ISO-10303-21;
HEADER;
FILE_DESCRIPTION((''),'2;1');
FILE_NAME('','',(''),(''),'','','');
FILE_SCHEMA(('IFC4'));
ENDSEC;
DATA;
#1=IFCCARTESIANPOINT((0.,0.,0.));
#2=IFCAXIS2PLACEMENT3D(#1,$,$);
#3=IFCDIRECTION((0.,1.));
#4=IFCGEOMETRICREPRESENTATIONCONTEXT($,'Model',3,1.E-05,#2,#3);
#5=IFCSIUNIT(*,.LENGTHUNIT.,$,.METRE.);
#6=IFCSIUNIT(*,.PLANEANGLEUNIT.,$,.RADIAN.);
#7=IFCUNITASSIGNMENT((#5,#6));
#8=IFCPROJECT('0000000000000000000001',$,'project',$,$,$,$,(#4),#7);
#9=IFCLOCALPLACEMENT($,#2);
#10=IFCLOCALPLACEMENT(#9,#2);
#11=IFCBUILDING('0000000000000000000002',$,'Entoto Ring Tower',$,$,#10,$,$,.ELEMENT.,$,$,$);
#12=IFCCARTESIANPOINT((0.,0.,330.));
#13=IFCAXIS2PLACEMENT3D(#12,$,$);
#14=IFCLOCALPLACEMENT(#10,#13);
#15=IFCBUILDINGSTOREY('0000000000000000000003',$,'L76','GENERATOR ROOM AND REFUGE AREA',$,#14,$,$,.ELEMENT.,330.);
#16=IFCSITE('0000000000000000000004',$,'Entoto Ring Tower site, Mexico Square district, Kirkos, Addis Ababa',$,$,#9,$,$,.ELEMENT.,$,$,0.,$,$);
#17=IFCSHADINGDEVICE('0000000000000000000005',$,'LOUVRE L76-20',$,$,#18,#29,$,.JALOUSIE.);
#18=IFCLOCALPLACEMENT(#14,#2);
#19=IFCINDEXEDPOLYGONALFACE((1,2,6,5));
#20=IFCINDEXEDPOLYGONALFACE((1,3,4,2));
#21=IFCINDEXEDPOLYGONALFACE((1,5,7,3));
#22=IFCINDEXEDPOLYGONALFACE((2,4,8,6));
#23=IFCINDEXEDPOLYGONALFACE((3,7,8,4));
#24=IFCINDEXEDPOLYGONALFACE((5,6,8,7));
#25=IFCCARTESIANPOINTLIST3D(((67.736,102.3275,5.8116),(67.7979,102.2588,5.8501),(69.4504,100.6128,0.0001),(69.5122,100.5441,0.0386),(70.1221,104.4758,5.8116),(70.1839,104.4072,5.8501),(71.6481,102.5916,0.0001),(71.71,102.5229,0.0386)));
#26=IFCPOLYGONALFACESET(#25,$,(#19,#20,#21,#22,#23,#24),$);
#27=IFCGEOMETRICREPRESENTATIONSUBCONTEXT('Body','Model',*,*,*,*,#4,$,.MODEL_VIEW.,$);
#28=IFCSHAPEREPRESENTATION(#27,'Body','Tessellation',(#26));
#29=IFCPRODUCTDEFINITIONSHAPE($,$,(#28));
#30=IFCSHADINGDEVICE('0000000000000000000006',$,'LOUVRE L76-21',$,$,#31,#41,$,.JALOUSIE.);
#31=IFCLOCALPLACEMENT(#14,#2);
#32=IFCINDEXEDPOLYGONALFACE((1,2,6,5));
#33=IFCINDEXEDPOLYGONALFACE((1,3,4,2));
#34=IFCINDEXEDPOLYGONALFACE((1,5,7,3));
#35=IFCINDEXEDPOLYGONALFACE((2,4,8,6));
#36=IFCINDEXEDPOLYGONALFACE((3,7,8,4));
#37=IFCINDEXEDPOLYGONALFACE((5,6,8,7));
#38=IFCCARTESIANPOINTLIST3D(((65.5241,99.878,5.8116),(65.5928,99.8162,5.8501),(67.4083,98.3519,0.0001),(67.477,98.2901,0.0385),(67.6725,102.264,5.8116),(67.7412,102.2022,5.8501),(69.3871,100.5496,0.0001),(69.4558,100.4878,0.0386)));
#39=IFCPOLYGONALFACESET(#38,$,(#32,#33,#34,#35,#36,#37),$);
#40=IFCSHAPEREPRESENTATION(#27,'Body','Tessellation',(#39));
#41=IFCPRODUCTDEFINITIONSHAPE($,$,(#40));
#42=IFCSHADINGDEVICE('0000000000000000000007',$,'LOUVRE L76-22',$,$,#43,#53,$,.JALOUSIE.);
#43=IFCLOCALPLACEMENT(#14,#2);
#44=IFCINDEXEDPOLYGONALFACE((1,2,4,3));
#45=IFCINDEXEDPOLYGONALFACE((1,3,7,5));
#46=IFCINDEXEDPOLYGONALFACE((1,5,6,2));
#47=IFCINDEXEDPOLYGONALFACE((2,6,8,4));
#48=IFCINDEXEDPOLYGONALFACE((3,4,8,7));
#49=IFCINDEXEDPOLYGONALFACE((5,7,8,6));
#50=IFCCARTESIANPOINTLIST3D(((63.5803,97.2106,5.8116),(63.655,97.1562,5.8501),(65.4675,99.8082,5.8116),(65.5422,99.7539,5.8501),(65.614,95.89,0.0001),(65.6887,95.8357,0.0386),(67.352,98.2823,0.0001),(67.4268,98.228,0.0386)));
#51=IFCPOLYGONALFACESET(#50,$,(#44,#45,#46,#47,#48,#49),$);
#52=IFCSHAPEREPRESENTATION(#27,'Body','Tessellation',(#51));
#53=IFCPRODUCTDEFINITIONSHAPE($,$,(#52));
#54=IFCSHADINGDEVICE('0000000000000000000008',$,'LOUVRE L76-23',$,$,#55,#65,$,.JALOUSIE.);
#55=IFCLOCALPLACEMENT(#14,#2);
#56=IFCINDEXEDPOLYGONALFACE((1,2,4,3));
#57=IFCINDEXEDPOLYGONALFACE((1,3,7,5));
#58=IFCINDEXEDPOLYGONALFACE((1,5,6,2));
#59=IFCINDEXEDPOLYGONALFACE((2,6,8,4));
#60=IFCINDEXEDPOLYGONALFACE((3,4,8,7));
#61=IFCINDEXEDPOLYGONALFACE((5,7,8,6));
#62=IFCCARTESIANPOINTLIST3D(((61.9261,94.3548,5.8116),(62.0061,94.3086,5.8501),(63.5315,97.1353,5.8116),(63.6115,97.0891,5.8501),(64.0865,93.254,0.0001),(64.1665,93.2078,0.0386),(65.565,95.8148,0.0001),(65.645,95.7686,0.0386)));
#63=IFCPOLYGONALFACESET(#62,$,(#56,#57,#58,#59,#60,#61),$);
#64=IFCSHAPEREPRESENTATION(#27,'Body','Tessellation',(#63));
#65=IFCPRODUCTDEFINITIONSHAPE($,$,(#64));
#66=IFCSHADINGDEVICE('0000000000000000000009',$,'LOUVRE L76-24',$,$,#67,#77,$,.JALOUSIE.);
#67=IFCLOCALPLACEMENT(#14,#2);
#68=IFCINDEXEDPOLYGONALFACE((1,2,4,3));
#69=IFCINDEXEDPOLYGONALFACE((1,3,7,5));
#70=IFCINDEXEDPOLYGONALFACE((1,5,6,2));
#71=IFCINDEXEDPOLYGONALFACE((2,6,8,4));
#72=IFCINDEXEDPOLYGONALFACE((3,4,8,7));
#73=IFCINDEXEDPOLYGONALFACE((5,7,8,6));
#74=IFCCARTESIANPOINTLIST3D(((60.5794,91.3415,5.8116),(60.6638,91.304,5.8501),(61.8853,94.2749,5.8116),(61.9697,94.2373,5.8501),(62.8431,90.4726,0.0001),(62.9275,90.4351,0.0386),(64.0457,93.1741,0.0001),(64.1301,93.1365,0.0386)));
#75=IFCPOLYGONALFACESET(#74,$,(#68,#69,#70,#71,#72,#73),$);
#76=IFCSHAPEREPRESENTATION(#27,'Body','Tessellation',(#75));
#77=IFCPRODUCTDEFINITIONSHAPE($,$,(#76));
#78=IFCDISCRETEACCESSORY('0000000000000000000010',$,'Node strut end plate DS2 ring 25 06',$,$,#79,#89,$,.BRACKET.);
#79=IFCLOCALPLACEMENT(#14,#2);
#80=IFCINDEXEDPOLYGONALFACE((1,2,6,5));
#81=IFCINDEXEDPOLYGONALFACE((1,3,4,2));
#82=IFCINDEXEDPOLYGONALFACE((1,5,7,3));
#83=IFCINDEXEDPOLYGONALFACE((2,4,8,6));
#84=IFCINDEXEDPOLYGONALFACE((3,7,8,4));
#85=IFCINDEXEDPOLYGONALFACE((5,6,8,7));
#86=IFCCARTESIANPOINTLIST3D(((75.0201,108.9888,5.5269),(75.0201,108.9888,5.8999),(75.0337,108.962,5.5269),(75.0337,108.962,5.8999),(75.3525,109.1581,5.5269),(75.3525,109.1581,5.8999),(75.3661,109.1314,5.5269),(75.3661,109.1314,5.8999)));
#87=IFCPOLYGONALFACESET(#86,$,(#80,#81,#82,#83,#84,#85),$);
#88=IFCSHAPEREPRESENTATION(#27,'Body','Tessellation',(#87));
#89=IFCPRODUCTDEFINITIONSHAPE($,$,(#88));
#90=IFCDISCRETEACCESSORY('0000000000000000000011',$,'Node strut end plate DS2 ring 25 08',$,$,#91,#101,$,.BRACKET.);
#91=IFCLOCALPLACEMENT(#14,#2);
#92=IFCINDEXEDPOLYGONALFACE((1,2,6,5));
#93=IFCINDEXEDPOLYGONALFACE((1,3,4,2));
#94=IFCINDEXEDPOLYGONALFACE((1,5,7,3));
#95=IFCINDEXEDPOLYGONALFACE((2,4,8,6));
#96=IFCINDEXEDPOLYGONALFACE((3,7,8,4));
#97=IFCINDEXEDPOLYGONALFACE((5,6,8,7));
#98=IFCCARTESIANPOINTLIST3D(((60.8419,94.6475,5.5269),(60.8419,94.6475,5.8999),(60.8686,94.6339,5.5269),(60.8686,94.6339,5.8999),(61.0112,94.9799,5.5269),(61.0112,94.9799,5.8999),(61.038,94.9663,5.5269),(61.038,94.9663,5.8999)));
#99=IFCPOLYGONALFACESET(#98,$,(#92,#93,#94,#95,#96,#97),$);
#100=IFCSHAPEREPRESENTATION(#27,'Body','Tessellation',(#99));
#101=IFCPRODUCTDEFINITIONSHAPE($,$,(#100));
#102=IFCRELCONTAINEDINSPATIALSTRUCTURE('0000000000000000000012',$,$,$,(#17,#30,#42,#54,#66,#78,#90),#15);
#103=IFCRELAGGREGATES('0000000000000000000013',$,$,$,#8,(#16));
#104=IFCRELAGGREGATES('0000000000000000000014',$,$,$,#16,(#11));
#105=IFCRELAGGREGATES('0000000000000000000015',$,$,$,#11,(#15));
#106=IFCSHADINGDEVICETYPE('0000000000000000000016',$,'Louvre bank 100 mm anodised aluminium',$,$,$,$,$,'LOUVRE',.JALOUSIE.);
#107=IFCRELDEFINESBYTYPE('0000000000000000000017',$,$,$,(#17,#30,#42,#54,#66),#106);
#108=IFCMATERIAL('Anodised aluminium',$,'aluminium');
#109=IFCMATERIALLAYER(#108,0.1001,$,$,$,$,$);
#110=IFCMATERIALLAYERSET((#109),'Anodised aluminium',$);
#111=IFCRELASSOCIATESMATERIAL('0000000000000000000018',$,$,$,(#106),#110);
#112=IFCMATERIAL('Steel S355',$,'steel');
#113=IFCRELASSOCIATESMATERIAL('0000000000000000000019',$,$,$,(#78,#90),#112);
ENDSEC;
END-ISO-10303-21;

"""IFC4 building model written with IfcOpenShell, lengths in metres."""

from ifc_helpers import new_model, si_unit, direction, frame, origin, origin_2d, place, context, subcontext, project, spatial, polyline, rectangle, outline, extrude, material, layer, layer_set, type_object, element, save


model = new_model("IFC4")

# Units and contexts
model_context = context("Model", 3, precision=1e-05, world=origin(), true_north=direction((0.0, 1.0)))
body_context = subcontext(model_context, "Body", "Model", "MODEL_VIEW")
ifc_project = project(units=[si_unit("LENGTHUNIT", "METRE"), si_unit("PLANEANGLEUNIT", "RADIAN")], contexts=[model_context])

# Site, building, storey
site_placement = place(None, origin())
site = spatial("IfcSite", under=ifc_project, at=site_placement, Name="Entoto Ring Tower site, Mexico Square district, Kirkos, Addis Ababa", CompositionType="ELEMENT", RefElevation=0.0)
building_placement = place(site_placement, origin())
building = spatial("IfcBuilding", under=site, at=building_placement, Name="Entoto Ring Tower", CompositionType="ELEMENT")
storey_placement = place(building_placement, frame((0.0, 0.0, 330.0)))
storey = spatial("IfcBuildingStorey", under=building, at=storey_placement, Name="L76", Description="GENERATOR ROOM AND REFUGE AREA", CompositionType="ELEMENT", Elevation=330.0)

# Shading devices
ifc_material_1 = material(Name="Anodised aluminium", Category="aluminium")
ifc_layer_1 = layer(ifc_material_1, 0.1001)
ifc_layer_set_1 = layer_set([ifc_layer_1], Name="Anodised aluminium")
shading_device_type = type_object("IfcShadingDeviceType", Name="Louvre bank 100 mm anodised aluminium", ElementType="LOUVRE", PredefinedType="JALOUSIE", material=ifc_layer_set_1)
shading_device_1_placement = place(storey_placement, frame((71.71, 102.5229, 0.0386), z_axis=(0.61766, -0.685984, 0.384606), x_axis=(-0.743149, -0.669126, 0.000009)))
element("IfcShadingDevice", 1, at=shading_device_1_placement, inside=storey, type_object=shading_device_type, Name="LOUVRE L76-20", PredefinedType="JALOUSIE", context=body_context, shape_type="SweptSolid", body=[
    extrude(outline(polyline([(0.0, 0.0), (2.9573, 0.0), (3.0841, -6.2958), (-0.1266, -6.2958), (0.0, 0.0)])), origin(), (0.0, 0.0, -1.0), 0.1001),
])
shading_device_2_placement = place(storey_placement, frame((69.4558, 100.4878, 0.0386), z_axis=(0.685984, -0.61766, 0.384606), x_axis=(-0.669126, -0.743149, -0.000009)))
element("IfcShadingDevice", 2, at=shading_device_2_placement, inside=storey, type_object=shading_device_type, Name="LOUVRE L76-21", PredefinedType="JALOUSIE", context=body_context, shape_type="SweptSolid", body=[
    extrude(outline(polyline([(0.0, 0.0), (2.9573, 0.0), (3.0839, -6.2958), (-0.1268, -6.2958), (0.0, 0.0)])), origin(), (0.0, 0.0, -1.0), 0.1001),
])
shading_device_3_placement = place(storey_placement, frame((67.4268, 98.228, 0.0386), z_axis=(0.746798, -0.542551, 0.384619), x_axis=(-0.587764, -0.809032, 0.0)))
element("IfcShadingDevice", 3, at=shading_device_3_placement, inside=storey, type_object=shading_device_type, Name="LOUVRE L76-22", PredefinedType="JALOUSIE", context=body_context, shape_type="SweptSolid", body=[
    extrude(outline(polyline([(0.0, 0.0), (2.957, 0.0), (3.084, -6.2958), (-0.1268, -6.2958), (0.0, 0.0)])), origin(), (0.0, 0.0, -1.0), 0.1001),
])
shading_device_4_placement = place(storey_placement, frame((65.645, 95.7686, 0.0386), z_axis=(0.799403, -0.461562, 0.384598), x_axis=(-0.50002, -0.866014, -0.000005)))
element("IfcShadingDevice", 4, at=shading_device_4_placement, inside=storey, type_object=shading_device_type, Name="LOUVRE L76-23", PredefinedType="JALOUSIE", context=body_context, shape_type="SweptSolid", body=[
    extrude(outline(polyline([(0.0, 0.0), (2.957, 0.0), (3.0839, -6.2958), (-0.1269, -6.2958), (0.0, 0.0)])), origin(), (0.0, 0.0, -1.0), 0.1001),
])
shading_device_5_placement = place(storey_placement, frame((64.1301, 93.1365, 0.0386), z_axis=(0.843289, -0.375425, 0.384603), x_axis=(-0.406707, -0.913559, -0.000001)))
element("IfcShadingDevice", 5, at=shading_device_5_placement, inside=storey, type_object=shading_device_type, Name="LOUVRE L76-24", PredefinedType="JALOUSIE", context=body_context, shape_type="SweptSolid", body=[
    extrude(outline(polyline([(0.0, 0.0), (2.957, 0.0), (3.0839, -6.2958), (-0.127, -6.2958), (0.0, 0.0)])), origin(), (0.0, 0.0, -1.0), 0.1001),
])

# Discrete accessories
ifc_material_2 = material(Name="Steel S355", Category="steel")
for number, where, z_axis, x_axis, name in (
    (6, (75.1931, 109.0601, 5.5269), (0.0, 0.0, 1.0), (-0.45399, 0.891007, 0.0), "Node strut end plate DS2 ring 25 06"),
    (7, (60.9399, 94.8069, 5.5269), (0.0, 0.0, 1.0), (-0.891007, 0.45399, 0.0), "Node strut end plate DS2 ring 25 08"),
):
    element("IfcDiscreteAccessory", number, at=place(storey_placement, frame(where, z_axis=z_axis, x_axis=x_axis)), inside=storey, material=ifc_material_2, Name=name, PredefinedType="BRACKET", context=body_context, shape_type="SweptSolid", body=[
        extrude(rectangle(XDim=0.03, YDim=0.373, at=origin_2d()), origin(), (0.0, 0.0, 1.0), 0.373),
    ])

save(model, "model.ifc")
